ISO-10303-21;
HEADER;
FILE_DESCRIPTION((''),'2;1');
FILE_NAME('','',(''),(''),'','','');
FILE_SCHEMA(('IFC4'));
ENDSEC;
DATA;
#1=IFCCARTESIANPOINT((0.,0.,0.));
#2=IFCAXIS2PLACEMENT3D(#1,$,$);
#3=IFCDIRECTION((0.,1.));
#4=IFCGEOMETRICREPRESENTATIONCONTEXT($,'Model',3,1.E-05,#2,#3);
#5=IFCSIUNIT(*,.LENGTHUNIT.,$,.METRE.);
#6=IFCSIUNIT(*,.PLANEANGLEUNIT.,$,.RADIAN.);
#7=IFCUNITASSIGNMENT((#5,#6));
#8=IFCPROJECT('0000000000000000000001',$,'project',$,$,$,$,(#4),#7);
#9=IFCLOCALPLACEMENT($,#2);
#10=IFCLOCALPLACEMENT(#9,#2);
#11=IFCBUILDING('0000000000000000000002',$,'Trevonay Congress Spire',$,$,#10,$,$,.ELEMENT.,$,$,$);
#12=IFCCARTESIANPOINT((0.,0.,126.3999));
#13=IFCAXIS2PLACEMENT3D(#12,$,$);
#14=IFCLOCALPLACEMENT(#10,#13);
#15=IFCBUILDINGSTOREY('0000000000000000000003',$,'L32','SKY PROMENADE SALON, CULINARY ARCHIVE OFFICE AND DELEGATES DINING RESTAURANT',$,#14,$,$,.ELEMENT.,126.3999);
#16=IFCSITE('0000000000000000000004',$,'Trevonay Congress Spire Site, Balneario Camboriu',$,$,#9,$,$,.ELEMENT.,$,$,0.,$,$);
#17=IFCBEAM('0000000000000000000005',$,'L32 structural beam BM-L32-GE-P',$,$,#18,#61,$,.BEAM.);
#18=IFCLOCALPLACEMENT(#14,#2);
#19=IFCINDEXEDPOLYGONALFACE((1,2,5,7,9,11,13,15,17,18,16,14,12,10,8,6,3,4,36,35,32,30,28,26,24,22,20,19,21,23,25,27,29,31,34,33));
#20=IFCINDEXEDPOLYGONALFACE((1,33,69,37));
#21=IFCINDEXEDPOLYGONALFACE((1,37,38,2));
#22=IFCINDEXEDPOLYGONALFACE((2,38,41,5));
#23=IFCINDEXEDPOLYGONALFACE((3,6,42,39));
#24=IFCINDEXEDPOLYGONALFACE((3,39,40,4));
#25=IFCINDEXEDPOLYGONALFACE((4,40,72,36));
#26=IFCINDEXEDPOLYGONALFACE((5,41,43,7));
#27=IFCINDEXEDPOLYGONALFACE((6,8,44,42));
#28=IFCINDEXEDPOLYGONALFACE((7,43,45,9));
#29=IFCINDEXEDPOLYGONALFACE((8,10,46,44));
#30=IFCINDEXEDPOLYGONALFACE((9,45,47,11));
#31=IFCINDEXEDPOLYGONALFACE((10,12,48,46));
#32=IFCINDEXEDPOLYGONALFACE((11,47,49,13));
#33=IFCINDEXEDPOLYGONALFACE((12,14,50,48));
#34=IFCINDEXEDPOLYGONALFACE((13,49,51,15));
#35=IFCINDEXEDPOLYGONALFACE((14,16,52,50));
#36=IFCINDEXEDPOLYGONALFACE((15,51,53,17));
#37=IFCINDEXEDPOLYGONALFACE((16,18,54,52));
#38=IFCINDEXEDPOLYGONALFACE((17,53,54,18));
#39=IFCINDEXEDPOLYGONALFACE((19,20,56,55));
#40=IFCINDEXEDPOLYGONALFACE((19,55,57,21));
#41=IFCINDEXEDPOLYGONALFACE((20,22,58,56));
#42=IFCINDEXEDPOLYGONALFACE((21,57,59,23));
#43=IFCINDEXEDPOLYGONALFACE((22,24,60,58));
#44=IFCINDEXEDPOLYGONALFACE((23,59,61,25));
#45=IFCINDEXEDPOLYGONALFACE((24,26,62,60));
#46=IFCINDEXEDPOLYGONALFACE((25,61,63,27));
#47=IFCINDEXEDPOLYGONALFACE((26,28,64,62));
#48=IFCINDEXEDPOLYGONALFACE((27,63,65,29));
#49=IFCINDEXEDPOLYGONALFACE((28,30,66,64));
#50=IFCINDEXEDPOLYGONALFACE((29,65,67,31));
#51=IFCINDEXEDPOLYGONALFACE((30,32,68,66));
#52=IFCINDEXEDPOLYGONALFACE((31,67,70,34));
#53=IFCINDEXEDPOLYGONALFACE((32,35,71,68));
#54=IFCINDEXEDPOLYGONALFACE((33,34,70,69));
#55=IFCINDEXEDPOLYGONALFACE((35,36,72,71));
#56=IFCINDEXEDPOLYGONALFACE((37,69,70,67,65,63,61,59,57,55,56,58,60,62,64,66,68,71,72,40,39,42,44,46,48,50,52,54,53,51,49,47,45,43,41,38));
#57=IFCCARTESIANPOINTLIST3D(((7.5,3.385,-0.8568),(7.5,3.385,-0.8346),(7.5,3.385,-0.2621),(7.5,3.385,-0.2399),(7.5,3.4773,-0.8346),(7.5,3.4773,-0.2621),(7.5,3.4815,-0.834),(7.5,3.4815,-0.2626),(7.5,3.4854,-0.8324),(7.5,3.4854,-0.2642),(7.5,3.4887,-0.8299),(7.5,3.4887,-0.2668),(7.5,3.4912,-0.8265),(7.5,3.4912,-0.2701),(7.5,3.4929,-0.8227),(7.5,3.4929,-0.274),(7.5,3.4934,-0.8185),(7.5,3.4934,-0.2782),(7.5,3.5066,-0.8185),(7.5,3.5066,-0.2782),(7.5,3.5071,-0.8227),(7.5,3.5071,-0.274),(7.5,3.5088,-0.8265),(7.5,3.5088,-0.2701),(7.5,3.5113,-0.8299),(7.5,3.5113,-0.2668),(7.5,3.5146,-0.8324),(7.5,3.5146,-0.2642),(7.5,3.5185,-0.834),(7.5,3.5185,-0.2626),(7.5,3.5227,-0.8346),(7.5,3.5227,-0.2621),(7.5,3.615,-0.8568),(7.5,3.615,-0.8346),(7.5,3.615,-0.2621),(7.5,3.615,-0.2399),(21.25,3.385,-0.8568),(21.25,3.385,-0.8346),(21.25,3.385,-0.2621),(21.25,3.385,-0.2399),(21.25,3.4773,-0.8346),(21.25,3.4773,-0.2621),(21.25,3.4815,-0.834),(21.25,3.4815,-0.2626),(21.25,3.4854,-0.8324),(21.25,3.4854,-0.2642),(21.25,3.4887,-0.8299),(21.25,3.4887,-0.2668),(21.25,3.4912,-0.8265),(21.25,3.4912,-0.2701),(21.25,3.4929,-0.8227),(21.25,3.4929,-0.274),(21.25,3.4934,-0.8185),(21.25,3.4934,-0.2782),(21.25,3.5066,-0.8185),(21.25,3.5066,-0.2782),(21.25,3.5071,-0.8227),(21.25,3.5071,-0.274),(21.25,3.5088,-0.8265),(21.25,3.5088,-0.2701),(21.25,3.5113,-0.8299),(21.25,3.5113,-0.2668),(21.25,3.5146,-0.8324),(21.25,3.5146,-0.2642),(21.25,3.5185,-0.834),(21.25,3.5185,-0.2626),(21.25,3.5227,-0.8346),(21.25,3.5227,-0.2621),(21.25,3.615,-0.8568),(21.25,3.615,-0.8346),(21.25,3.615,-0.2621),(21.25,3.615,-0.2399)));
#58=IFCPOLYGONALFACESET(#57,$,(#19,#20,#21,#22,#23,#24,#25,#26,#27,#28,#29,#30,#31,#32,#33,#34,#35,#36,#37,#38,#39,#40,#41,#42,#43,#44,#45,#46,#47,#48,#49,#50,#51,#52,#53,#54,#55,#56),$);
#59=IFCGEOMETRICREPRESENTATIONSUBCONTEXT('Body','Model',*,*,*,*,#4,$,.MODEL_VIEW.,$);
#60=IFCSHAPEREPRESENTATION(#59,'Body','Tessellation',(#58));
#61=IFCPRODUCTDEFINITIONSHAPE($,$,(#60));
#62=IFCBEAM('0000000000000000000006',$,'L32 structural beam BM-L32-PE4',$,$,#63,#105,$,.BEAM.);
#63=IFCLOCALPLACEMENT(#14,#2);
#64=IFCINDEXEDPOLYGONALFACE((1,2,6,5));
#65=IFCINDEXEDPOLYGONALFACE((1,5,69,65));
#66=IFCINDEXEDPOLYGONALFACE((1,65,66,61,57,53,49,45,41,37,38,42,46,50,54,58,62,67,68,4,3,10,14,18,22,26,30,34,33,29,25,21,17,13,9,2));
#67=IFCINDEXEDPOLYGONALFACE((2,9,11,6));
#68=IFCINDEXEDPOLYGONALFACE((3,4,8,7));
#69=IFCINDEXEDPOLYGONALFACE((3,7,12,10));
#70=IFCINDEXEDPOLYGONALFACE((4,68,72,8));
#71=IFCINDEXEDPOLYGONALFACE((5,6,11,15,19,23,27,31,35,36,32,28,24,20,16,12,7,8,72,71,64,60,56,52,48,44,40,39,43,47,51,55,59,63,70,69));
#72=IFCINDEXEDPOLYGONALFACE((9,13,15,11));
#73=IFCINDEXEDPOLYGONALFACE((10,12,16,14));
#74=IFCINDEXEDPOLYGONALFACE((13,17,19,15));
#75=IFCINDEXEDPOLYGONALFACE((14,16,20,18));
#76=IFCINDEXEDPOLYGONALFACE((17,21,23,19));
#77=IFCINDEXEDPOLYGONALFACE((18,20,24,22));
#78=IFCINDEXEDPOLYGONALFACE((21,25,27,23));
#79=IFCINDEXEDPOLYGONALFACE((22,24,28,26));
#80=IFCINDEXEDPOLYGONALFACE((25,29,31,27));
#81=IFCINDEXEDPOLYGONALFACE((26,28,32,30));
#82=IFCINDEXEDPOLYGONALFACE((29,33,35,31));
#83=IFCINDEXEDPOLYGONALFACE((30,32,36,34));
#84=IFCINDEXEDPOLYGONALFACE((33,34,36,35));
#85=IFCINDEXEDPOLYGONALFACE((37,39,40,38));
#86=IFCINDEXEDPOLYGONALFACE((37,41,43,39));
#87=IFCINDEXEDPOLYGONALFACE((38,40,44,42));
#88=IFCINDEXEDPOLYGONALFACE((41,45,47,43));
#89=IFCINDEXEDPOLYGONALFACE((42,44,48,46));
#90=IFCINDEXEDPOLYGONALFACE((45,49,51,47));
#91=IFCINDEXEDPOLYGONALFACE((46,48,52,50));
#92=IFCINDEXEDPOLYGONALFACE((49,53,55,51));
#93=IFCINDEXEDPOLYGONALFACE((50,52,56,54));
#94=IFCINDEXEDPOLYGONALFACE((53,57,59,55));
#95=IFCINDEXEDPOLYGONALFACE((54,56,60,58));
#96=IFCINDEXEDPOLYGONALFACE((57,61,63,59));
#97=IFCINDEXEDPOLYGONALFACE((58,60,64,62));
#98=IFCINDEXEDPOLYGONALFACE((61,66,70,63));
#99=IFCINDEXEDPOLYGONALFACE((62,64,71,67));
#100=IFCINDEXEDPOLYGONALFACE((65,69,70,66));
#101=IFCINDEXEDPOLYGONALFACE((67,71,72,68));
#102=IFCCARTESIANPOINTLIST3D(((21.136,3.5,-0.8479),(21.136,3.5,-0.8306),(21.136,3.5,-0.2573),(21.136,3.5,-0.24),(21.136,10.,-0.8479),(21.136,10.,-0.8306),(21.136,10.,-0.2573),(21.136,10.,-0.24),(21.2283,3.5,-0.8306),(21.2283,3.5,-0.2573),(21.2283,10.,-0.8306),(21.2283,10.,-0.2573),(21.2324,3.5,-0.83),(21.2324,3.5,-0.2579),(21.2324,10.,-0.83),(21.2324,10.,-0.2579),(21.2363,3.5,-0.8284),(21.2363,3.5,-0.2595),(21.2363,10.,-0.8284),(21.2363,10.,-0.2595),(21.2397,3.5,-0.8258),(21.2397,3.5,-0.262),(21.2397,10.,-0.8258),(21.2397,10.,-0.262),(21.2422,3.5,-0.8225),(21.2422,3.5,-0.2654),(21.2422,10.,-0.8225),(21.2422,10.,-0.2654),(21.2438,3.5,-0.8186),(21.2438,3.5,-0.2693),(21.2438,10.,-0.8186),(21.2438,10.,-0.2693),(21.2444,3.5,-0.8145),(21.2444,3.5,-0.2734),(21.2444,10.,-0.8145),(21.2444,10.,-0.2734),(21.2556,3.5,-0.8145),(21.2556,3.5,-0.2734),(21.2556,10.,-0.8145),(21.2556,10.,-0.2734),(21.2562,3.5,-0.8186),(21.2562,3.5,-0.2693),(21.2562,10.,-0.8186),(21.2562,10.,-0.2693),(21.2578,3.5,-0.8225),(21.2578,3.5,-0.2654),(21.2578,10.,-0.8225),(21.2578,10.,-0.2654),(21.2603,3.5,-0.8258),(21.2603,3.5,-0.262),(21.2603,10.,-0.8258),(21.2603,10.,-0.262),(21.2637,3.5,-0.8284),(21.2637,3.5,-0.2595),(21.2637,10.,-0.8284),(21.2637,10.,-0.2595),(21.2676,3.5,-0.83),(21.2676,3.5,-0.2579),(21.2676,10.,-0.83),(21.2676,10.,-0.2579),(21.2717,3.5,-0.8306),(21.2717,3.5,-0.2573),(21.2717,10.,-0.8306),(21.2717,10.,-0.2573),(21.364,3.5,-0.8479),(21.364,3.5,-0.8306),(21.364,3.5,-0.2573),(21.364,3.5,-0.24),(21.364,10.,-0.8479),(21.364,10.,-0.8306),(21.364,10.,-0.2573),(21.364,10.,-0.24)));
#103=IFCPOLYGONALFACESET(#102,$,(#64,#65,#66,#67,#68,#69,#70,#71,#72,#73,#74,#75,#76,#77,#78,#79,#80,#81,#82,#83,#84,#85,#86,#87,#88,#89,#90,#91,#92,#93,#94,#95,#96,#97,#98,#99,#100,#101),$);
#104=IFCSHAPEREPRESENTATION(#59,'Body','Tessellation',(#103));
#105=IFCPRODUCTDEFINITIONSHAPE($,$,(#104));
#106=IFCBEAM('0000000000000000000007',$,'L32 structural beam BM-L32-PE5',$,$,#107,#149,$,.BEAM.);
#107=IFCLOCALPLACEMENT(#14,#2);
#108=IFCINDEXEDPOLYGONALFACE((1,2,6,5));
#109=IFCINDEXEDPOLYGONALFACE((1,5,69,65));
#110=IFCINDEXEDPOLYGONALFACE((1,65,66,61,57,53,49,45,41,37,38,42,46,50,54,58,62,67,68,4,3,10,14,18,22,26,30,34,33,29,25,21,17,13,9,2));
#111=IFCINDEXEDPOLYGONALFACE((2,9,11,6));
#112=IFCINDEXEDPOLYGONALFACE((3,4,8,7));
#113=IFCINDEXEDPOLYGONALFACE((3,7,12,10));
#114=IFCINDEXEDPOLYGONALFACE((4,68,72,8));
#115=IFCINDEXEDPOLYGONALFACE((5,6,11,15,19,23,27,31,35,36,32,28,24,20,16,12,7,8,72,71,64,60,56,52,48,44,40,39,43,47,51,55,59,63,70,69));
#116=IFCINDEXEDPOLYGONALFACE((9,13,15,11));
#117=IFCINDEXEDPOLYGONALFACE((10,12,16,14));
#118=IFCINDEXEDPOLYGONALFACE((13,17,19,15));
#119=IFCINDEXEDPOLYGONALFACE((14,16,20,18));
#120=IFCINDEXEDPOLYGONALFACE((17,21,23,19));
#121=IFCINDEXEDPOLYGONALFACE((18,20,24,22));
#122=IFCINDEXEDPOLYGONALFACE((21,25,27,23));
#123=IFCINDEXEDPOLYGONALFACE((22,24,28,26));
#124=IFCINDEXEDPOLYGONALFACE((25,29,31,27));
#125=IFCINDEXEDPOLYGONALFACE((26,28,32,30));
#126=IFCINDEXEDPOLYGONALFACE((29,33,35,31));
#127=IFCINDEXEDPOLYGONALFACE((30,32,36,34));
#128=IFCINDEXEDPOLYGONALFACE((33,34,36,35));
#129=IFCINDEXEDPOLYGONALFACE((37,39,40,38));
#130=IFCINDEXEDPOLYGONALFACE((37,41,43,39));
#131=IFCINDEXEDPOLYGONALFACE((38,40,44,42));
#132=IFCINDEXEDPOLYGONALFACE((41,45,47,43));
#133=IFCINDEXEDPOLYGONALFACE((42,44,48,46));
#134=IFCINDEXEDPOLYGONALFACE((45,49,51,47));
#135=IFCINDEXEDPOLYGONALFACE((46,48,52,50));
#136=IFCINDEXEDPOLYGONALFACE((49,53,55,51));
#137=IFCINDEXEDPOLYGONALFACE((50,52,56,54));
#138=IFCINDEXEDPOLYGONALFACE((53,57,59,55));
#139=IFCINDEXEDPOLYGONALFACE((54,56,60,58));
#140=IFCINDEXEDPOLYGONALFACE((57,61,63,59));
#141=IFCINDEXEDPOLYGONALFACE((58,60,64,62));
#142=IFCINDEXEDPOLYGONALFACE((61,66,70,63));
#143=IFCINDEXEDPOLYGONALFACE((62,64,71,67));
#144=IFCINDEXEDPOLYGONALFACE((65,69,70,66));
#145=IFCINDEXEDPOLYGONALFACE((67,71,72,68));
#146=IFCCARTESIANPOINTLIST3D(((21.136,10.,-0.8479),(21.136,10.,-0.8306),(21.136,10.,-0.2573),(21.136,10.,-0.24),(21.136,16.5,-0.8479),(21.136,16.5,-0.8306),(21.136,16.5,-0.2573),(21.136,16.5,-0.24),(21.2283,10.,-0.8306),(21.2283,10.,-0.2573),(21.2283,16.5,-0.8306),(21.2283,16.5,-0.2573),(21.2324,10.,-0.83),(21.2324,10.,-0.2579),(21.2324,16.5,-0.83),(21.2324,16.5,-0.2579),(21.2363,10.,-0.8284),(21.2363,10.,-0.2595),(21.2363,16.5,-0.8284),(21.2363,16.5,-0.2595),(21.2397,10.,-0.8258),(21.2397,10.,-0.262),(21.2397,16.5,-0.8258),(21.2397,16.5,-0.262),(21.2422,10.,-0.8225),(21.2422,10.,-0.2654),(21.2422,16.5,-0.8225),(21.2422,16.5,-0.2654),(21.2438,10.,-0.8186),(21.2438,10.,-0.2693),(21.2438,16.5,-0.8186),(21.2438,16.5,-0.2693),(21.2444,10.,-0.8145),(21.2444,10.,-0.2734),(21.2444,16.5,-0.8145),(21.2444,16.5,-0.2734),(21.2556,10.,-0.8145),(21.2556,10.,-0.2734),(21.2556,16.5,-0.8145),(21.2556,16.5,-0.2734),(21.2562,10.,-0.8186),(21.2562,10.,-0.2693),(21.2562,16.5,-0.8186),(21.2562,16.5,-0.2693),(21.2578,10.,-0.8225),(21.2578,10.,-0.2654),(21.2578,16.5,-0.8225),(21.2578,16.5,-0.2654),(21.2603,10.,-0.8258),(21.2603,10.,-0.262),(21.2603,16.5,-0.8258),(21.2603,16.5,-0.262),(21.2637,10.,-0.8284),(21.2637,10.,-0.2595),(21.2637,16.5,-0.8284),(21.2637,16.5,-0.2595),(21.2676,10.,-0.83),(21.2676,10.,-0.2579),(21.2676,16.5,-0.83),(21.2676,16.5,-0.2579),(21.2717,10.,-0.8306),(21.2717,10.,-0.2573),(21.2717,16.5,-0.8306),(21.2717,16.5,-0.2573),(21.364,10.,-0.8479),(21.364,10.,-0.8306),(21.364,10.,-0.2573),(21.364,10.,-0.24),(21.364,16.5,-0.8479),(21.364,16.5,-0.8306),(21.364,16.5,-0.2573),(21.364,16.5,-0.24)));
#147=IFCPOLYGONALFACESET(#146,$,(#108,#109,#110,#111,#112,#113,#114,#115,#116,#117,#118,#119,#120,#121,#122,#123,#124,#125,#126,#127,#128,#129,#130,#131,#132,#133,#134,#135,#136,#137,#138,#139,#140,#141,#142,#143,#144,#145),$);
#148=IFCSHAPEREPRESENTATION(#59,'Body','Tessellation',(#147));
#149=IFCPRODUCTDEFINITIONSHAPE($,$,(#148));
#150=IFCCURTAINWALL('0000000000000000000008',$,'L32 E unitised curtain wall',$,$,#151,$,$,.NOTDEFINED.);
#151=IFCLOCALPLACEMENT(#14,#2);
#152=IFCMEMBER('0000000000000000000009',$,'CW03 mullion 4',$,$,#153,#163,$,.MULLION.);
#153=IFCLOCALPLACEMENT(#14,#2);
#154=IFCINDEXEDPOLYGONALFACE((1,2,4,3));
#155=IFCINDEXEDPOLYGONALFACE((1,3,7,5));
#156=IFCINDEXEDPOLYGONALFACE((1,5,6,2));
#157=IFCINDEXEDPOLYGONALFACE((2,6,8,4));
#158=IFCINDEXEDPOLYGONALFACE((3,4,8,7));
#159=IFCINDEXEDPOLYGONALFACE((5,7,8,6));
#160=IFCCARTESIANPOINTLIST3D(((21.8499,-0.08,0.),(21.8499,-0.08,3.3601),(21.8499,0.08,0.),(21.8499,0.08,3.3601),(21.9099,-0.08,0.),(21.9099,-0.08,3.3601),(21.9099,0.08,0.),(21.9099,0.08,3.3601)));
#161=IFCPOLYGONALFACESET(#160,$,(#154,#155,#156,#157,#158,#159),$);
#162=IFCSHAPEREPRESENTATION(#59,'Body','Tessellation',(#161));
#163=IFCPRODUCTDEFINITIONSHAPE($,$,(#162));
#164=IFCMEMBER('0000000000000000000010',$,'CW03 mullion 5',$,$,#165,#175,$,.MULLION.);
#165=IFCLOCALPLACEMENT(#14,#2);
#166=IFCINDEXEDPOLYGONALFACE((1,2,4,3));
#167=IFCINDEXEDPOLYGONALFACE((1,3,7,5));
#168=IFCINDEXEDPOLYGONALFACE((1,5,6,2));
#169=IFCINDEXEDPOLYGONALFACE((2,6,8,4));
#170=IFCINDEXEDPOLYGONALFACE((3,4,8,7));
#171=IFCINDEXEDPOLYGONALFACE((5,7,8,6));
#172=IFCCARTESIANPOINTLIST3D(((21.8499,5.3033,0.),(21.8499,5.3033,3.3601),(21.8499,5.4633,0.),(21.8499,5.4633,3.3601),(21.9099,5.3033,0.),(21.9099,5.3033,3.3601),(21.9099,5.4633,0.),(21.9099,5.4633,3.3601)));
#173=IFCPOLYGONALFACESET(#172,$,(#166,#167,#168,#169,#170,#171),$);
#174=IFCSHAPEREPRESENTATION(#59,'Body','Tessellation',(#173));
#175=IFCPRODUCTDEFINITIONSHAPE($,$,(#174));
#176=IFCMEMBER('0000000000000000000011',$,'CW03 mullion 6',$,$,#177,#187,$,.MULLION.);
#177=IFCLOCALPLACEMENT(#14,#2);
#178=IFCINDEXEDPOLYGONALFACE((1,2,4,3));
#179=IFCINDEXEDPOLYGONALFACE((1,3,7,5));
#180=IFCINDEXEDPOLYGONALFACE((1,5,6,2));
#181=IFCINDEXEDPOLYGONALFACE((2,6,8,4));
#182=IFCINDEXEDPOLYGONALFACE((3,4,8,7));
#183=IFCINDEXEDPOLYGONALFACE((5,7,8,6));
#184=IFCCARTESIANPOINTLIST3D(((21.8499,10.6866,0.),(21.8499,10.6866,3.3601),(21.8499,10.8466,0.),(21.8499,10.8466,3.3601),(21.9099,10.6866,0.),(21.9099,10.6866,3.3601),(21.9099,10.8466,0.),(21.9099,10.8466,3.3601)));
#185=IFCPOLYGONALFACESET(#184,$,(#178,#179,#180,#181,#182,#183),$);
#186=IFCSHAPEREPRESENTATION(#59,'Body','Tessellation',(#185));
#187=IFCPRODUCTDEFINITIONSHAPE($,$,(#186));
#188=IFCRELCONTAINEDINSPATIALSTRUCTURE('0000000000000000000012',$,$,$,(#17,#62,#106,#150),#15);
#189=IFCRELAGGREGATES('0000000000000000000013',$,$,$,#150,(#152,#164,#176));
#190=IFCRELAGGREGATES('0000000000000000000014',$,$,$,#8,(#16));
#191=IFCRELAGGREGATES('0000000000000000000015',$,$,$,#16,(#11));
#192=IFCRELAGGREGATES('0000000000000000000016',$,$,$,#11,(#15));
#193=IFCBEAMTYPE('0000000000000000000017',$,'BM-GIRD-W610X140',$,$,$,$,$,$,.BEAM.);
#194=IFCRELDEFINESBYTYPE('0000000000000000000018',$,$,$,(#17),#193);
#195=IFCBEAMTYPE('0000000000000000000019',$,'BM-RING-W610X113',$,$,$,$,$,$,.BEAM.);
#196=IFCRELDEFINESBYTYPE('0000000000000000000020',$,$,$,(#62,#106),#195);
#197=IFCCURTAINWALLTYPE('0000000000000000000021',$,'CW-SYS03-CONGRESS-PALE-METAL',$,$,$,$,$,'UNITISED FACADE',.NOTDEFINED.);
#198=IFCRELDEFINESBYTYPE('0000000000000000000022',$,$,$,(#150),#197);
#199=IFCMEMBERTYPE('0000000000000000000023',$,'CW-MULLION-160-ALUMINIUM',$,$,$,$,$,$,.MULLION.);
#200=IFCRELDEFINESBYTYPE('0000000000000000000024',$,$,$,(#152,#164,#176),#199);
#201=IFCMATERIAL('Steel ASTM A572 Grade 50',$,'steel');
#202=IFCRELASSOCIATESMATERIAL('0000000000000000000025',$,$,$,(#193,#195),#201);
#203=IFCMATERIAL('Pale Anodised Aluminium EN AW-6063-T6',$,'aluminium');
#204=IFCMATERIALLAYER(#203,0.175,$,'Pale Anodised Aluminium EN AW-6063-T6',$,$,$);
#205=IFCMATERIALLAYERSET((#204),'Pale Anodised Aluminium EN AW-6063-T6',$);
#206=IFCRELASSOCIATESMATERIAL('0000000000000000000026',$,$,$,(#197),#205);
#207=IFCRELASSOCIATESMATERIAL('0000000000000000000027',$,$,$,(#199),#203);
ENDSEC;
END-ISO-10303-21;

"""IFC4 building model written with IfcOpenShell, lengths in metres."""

from ifc_helpers import new_model, si_unit, direction, frame, origin, origin_2d, place, context, subcontext, project, spatial, rectangle, i_section, extrude, material, layer, layer_set, material_profile, profile_set, type_object, element, aggregate, save


model = new_model("IFC4")

# Units and contexts
model_context = context("Model", 3, precision=1e-05, world=origin(), true_north=direction((0.0, 1.0)))
body_context = subcontext(model_context, "Body", "Model", "MODEL_VIEW")
ifc_project = project(units=[si_unit("LENGTHUNIT", "METRE"), si_unit("PLANEANGLEUNIT", "RADIAN")], contexts=[model_context])

# Site, building, storey
site_placement = place(None, origin())
site = spatial("IfcSite", under=ifc_project, at=site_placement, Name="Trevonay Congress Spire Site, Balneario Camboriu", CompositionType="ELEMENT", RefElevation=0.0)
building_placement = place(site_placement, origin())
building = spatial("IfcBuilding", under=site, at=building_placement, Name="Trevonay Congress Spire", CompositionType="ELEMENT")
storey_placement = place(building_placement, frame((0.0, 0.0, 126.3999)))
storey = spatial("IfcBuildingStorey", under=building, at=storey_placement, Name="L32", Description="SKY PROMENADE SALON, CULINARY ARCHIVE OFFICE AND DELEGATES DINING RESTAURANT", CompositionType="ELEMENT", Elevation=126.3999)

# Shared definitions
ifc_material_1 = material(Name="Steel ASTM A572 Grade 50", Category="steel")

# Beams
ifc_material_profile_1 = material_profile(ifc_material_1, i_section(OverallWidth=0.23, OverallDepth=0.6169, WebThickness=0.0132, FlangeThickness=0.0222, FilletRadius=0.0161, at=origin_2d()), Name="W610x140")
ifc_profile_set_1 = profile_set([ifc_material_profile_1], Name="Steel ASTM A572 Grade 50")
beam_type_1 = type_object("IfcBeamType", Name="BM-GIRD-W610X140", PredefinedType="BEAM", material=ifc_profile_set_1)
beam_1_placement = place(storey_placement, frame((7.5, 3.5, -0.5483), z_axis=(1.0, 0.0, 0.0), x_axis=(0.0, 1.0, 0.0)))
element("IfcBeam", 1, at=beam_1_placement, inside=storey, type_object=beam_type_1, Name="L32 structural beam BM-L32-GE-P", PredefinedType="BEAM", context=body_context, shape_type="SweptSolid", body=[
    extrude(i_section(OverallWidth=0.23, OverallDepth=0.6169, WebThickness=0.0132, FlangeThickness=0.0222, FilletRadius=0.0161, at=origin_2d()), origin(), (0.0, 0.0, 1.0), 13.75),
])
ifc_material_profile_2 = material_profile(ifc_material_1, i_section(OverallWidth=0.228, OverallDepth=0.6079, WebThickness=0.0112, FlangeThickness=0.0173, FilletRadius=0.0161, at=origin_2d()), Name="W610x113")
ifc_profile_set_2 = profile_set([ifc_material_profile_2], Name="Steel ASTM A572 Grade 50")
beam_type_2 = type_object("IfcBeamType", Name="BM-RING-W610X113", PredefinedType="BEAM", material=ifc_profile_set_2)
for number, where, z_axis, x_axis, name in (
    (2, (21.25, 3.5, -0.5439), (0.0, 1.0, 0.0), (-1.0, 0.0, 0.0), "L32 structural beam BM-L32-PE4"),
    (3, (21.25, 10.0, -0.5439), (0.0, 1.0, 0.0), (-1.0, 0.0, 0.0), "L32 structural beam BM-L32-PE5"),
):
    element("IfcBeam", number, at=place(storey_placement, frame(where, z_axis=z_axis, x_axis=x_axis)), inside=storey, type_object=beam_type_2, Name=name, PredefinedType="BEAM", context=body_context, shape_type="SweptSolid", body=[
        extrude(i_section(OverallWidth=0.228, OverallDepth=0.6079, WebThickness=0.0112, FlangeThickness=0.0173, FilletRadius=0.0161, at=origin_2d()), origin(), (0.0, 0.0, 1.0), 6.5),
    ])

# Curtain wall, members
ifc_material_2 = material(Name="Pale Anodised Aluminium EN AW-6063-T6", Category="aluminium")
ifc_layer_1 = layer(ifc_material_2, 0.175, Name="Pale Anodised Aluminium EN AW-6063-T6")
ifc_layer_set_1 = layer_set([ifc_layer_1], Name="Pale Anodised Aluminium EN AW-6063-T6")
curtain_wall_type = type_object("IfcCurtainWallType", Name="CW-SYS03-CONGRESS-PALE-METAL", ElementType="UNITISED FACADE", PredefinedType="NOTDEFINED", material=ifc_layer_set_1)
curtain_wall_placement = place(storey_placement, origin())
curtain_wall = element("IfcCurtainWall", 4, at=curtain_wall_placement, inside=storey, type_object=curtain_wall_type, Name="L32 E unitised curtain wall", PredefinedType="NOTDEFINED")
ifc_material_profile_3 = material_profile(ifc_material_2, rectangle(XDim=0.0601, YDim=0.1599, at=origin_2d()), Name="CW-MULLION-160-ALUMINIUM")
ifc_profile_set_3 = profile_set([ifc_material_profile_3], Name="Pale Anodised Aluminium EN AW-6063-T6")
member_type_1 = type_object("IfcMemberType", Name="CW-MULLION-160-ALUMINIUM", PredefinedType="MULLION", material=ifc_profile_set_3)
member_1_placement = place(storey_placement, frame((21.8799, 0.0, 0.0), z_axis=(0.0, 0.0, 1.0), x_axis=(-1.0, 0.0, 0.0)))
member_1 = element("IfcMember", 5, at=member_1_placement, type_object=member_type_1, Name="CW03 mullion 4", PredefinedType="MULLION", context=body_context, shape_type="SweptSolid", body=[
    extrude(rectangle(XDim=0.0601, YDim=0.1599, at=origin_2d()), origin(), (0.0, 0.0, 1.0), 3.3601),
])
member_2_placement = place(storey_placement, frame((21.8799, 5.3833, 0.0), z_axis=(0.0, 0.0, 1.0), x_axis=(-1.0, 0.0, 0.0)))
member_2 = element("IfcMember", 6, at=member_2_placement, type_object=member_type_1, Name="CW03 mullion 5", PredefinedType="MULLION", context=body_context, shape_type="SweptSolid", body=[
    extrude(rectangle(XDim=0.0601, YDim=0.1599, at=origin_2d()), origin(), (0.0, 0.0, 1.0), 3.3601),
])
member_3_placement = place(storey_placement, frame((21.8799, 10.7666, 0.0), z_axis=(0.0, 0.0, 1.0), x_axis=(-1.0, 0.0, 0.0)))
member_3 = element("IfcMember", 7, at=member_3_placement, type_object=member_type_1, Name="CW03 mullion 6", PredefinedType="MULLION", context=body_context, shape_type="SweptSolid", body=[
    extrude(rectangle(XDim=0.0601, YDim=0.1599, at=origin_2d()), origin(), (0.0, 0.0, 1.0), 3.3601),
])
aggregate(curtain_wall, [member_1, member_2, member_3])

save(model, "model.ifc")
